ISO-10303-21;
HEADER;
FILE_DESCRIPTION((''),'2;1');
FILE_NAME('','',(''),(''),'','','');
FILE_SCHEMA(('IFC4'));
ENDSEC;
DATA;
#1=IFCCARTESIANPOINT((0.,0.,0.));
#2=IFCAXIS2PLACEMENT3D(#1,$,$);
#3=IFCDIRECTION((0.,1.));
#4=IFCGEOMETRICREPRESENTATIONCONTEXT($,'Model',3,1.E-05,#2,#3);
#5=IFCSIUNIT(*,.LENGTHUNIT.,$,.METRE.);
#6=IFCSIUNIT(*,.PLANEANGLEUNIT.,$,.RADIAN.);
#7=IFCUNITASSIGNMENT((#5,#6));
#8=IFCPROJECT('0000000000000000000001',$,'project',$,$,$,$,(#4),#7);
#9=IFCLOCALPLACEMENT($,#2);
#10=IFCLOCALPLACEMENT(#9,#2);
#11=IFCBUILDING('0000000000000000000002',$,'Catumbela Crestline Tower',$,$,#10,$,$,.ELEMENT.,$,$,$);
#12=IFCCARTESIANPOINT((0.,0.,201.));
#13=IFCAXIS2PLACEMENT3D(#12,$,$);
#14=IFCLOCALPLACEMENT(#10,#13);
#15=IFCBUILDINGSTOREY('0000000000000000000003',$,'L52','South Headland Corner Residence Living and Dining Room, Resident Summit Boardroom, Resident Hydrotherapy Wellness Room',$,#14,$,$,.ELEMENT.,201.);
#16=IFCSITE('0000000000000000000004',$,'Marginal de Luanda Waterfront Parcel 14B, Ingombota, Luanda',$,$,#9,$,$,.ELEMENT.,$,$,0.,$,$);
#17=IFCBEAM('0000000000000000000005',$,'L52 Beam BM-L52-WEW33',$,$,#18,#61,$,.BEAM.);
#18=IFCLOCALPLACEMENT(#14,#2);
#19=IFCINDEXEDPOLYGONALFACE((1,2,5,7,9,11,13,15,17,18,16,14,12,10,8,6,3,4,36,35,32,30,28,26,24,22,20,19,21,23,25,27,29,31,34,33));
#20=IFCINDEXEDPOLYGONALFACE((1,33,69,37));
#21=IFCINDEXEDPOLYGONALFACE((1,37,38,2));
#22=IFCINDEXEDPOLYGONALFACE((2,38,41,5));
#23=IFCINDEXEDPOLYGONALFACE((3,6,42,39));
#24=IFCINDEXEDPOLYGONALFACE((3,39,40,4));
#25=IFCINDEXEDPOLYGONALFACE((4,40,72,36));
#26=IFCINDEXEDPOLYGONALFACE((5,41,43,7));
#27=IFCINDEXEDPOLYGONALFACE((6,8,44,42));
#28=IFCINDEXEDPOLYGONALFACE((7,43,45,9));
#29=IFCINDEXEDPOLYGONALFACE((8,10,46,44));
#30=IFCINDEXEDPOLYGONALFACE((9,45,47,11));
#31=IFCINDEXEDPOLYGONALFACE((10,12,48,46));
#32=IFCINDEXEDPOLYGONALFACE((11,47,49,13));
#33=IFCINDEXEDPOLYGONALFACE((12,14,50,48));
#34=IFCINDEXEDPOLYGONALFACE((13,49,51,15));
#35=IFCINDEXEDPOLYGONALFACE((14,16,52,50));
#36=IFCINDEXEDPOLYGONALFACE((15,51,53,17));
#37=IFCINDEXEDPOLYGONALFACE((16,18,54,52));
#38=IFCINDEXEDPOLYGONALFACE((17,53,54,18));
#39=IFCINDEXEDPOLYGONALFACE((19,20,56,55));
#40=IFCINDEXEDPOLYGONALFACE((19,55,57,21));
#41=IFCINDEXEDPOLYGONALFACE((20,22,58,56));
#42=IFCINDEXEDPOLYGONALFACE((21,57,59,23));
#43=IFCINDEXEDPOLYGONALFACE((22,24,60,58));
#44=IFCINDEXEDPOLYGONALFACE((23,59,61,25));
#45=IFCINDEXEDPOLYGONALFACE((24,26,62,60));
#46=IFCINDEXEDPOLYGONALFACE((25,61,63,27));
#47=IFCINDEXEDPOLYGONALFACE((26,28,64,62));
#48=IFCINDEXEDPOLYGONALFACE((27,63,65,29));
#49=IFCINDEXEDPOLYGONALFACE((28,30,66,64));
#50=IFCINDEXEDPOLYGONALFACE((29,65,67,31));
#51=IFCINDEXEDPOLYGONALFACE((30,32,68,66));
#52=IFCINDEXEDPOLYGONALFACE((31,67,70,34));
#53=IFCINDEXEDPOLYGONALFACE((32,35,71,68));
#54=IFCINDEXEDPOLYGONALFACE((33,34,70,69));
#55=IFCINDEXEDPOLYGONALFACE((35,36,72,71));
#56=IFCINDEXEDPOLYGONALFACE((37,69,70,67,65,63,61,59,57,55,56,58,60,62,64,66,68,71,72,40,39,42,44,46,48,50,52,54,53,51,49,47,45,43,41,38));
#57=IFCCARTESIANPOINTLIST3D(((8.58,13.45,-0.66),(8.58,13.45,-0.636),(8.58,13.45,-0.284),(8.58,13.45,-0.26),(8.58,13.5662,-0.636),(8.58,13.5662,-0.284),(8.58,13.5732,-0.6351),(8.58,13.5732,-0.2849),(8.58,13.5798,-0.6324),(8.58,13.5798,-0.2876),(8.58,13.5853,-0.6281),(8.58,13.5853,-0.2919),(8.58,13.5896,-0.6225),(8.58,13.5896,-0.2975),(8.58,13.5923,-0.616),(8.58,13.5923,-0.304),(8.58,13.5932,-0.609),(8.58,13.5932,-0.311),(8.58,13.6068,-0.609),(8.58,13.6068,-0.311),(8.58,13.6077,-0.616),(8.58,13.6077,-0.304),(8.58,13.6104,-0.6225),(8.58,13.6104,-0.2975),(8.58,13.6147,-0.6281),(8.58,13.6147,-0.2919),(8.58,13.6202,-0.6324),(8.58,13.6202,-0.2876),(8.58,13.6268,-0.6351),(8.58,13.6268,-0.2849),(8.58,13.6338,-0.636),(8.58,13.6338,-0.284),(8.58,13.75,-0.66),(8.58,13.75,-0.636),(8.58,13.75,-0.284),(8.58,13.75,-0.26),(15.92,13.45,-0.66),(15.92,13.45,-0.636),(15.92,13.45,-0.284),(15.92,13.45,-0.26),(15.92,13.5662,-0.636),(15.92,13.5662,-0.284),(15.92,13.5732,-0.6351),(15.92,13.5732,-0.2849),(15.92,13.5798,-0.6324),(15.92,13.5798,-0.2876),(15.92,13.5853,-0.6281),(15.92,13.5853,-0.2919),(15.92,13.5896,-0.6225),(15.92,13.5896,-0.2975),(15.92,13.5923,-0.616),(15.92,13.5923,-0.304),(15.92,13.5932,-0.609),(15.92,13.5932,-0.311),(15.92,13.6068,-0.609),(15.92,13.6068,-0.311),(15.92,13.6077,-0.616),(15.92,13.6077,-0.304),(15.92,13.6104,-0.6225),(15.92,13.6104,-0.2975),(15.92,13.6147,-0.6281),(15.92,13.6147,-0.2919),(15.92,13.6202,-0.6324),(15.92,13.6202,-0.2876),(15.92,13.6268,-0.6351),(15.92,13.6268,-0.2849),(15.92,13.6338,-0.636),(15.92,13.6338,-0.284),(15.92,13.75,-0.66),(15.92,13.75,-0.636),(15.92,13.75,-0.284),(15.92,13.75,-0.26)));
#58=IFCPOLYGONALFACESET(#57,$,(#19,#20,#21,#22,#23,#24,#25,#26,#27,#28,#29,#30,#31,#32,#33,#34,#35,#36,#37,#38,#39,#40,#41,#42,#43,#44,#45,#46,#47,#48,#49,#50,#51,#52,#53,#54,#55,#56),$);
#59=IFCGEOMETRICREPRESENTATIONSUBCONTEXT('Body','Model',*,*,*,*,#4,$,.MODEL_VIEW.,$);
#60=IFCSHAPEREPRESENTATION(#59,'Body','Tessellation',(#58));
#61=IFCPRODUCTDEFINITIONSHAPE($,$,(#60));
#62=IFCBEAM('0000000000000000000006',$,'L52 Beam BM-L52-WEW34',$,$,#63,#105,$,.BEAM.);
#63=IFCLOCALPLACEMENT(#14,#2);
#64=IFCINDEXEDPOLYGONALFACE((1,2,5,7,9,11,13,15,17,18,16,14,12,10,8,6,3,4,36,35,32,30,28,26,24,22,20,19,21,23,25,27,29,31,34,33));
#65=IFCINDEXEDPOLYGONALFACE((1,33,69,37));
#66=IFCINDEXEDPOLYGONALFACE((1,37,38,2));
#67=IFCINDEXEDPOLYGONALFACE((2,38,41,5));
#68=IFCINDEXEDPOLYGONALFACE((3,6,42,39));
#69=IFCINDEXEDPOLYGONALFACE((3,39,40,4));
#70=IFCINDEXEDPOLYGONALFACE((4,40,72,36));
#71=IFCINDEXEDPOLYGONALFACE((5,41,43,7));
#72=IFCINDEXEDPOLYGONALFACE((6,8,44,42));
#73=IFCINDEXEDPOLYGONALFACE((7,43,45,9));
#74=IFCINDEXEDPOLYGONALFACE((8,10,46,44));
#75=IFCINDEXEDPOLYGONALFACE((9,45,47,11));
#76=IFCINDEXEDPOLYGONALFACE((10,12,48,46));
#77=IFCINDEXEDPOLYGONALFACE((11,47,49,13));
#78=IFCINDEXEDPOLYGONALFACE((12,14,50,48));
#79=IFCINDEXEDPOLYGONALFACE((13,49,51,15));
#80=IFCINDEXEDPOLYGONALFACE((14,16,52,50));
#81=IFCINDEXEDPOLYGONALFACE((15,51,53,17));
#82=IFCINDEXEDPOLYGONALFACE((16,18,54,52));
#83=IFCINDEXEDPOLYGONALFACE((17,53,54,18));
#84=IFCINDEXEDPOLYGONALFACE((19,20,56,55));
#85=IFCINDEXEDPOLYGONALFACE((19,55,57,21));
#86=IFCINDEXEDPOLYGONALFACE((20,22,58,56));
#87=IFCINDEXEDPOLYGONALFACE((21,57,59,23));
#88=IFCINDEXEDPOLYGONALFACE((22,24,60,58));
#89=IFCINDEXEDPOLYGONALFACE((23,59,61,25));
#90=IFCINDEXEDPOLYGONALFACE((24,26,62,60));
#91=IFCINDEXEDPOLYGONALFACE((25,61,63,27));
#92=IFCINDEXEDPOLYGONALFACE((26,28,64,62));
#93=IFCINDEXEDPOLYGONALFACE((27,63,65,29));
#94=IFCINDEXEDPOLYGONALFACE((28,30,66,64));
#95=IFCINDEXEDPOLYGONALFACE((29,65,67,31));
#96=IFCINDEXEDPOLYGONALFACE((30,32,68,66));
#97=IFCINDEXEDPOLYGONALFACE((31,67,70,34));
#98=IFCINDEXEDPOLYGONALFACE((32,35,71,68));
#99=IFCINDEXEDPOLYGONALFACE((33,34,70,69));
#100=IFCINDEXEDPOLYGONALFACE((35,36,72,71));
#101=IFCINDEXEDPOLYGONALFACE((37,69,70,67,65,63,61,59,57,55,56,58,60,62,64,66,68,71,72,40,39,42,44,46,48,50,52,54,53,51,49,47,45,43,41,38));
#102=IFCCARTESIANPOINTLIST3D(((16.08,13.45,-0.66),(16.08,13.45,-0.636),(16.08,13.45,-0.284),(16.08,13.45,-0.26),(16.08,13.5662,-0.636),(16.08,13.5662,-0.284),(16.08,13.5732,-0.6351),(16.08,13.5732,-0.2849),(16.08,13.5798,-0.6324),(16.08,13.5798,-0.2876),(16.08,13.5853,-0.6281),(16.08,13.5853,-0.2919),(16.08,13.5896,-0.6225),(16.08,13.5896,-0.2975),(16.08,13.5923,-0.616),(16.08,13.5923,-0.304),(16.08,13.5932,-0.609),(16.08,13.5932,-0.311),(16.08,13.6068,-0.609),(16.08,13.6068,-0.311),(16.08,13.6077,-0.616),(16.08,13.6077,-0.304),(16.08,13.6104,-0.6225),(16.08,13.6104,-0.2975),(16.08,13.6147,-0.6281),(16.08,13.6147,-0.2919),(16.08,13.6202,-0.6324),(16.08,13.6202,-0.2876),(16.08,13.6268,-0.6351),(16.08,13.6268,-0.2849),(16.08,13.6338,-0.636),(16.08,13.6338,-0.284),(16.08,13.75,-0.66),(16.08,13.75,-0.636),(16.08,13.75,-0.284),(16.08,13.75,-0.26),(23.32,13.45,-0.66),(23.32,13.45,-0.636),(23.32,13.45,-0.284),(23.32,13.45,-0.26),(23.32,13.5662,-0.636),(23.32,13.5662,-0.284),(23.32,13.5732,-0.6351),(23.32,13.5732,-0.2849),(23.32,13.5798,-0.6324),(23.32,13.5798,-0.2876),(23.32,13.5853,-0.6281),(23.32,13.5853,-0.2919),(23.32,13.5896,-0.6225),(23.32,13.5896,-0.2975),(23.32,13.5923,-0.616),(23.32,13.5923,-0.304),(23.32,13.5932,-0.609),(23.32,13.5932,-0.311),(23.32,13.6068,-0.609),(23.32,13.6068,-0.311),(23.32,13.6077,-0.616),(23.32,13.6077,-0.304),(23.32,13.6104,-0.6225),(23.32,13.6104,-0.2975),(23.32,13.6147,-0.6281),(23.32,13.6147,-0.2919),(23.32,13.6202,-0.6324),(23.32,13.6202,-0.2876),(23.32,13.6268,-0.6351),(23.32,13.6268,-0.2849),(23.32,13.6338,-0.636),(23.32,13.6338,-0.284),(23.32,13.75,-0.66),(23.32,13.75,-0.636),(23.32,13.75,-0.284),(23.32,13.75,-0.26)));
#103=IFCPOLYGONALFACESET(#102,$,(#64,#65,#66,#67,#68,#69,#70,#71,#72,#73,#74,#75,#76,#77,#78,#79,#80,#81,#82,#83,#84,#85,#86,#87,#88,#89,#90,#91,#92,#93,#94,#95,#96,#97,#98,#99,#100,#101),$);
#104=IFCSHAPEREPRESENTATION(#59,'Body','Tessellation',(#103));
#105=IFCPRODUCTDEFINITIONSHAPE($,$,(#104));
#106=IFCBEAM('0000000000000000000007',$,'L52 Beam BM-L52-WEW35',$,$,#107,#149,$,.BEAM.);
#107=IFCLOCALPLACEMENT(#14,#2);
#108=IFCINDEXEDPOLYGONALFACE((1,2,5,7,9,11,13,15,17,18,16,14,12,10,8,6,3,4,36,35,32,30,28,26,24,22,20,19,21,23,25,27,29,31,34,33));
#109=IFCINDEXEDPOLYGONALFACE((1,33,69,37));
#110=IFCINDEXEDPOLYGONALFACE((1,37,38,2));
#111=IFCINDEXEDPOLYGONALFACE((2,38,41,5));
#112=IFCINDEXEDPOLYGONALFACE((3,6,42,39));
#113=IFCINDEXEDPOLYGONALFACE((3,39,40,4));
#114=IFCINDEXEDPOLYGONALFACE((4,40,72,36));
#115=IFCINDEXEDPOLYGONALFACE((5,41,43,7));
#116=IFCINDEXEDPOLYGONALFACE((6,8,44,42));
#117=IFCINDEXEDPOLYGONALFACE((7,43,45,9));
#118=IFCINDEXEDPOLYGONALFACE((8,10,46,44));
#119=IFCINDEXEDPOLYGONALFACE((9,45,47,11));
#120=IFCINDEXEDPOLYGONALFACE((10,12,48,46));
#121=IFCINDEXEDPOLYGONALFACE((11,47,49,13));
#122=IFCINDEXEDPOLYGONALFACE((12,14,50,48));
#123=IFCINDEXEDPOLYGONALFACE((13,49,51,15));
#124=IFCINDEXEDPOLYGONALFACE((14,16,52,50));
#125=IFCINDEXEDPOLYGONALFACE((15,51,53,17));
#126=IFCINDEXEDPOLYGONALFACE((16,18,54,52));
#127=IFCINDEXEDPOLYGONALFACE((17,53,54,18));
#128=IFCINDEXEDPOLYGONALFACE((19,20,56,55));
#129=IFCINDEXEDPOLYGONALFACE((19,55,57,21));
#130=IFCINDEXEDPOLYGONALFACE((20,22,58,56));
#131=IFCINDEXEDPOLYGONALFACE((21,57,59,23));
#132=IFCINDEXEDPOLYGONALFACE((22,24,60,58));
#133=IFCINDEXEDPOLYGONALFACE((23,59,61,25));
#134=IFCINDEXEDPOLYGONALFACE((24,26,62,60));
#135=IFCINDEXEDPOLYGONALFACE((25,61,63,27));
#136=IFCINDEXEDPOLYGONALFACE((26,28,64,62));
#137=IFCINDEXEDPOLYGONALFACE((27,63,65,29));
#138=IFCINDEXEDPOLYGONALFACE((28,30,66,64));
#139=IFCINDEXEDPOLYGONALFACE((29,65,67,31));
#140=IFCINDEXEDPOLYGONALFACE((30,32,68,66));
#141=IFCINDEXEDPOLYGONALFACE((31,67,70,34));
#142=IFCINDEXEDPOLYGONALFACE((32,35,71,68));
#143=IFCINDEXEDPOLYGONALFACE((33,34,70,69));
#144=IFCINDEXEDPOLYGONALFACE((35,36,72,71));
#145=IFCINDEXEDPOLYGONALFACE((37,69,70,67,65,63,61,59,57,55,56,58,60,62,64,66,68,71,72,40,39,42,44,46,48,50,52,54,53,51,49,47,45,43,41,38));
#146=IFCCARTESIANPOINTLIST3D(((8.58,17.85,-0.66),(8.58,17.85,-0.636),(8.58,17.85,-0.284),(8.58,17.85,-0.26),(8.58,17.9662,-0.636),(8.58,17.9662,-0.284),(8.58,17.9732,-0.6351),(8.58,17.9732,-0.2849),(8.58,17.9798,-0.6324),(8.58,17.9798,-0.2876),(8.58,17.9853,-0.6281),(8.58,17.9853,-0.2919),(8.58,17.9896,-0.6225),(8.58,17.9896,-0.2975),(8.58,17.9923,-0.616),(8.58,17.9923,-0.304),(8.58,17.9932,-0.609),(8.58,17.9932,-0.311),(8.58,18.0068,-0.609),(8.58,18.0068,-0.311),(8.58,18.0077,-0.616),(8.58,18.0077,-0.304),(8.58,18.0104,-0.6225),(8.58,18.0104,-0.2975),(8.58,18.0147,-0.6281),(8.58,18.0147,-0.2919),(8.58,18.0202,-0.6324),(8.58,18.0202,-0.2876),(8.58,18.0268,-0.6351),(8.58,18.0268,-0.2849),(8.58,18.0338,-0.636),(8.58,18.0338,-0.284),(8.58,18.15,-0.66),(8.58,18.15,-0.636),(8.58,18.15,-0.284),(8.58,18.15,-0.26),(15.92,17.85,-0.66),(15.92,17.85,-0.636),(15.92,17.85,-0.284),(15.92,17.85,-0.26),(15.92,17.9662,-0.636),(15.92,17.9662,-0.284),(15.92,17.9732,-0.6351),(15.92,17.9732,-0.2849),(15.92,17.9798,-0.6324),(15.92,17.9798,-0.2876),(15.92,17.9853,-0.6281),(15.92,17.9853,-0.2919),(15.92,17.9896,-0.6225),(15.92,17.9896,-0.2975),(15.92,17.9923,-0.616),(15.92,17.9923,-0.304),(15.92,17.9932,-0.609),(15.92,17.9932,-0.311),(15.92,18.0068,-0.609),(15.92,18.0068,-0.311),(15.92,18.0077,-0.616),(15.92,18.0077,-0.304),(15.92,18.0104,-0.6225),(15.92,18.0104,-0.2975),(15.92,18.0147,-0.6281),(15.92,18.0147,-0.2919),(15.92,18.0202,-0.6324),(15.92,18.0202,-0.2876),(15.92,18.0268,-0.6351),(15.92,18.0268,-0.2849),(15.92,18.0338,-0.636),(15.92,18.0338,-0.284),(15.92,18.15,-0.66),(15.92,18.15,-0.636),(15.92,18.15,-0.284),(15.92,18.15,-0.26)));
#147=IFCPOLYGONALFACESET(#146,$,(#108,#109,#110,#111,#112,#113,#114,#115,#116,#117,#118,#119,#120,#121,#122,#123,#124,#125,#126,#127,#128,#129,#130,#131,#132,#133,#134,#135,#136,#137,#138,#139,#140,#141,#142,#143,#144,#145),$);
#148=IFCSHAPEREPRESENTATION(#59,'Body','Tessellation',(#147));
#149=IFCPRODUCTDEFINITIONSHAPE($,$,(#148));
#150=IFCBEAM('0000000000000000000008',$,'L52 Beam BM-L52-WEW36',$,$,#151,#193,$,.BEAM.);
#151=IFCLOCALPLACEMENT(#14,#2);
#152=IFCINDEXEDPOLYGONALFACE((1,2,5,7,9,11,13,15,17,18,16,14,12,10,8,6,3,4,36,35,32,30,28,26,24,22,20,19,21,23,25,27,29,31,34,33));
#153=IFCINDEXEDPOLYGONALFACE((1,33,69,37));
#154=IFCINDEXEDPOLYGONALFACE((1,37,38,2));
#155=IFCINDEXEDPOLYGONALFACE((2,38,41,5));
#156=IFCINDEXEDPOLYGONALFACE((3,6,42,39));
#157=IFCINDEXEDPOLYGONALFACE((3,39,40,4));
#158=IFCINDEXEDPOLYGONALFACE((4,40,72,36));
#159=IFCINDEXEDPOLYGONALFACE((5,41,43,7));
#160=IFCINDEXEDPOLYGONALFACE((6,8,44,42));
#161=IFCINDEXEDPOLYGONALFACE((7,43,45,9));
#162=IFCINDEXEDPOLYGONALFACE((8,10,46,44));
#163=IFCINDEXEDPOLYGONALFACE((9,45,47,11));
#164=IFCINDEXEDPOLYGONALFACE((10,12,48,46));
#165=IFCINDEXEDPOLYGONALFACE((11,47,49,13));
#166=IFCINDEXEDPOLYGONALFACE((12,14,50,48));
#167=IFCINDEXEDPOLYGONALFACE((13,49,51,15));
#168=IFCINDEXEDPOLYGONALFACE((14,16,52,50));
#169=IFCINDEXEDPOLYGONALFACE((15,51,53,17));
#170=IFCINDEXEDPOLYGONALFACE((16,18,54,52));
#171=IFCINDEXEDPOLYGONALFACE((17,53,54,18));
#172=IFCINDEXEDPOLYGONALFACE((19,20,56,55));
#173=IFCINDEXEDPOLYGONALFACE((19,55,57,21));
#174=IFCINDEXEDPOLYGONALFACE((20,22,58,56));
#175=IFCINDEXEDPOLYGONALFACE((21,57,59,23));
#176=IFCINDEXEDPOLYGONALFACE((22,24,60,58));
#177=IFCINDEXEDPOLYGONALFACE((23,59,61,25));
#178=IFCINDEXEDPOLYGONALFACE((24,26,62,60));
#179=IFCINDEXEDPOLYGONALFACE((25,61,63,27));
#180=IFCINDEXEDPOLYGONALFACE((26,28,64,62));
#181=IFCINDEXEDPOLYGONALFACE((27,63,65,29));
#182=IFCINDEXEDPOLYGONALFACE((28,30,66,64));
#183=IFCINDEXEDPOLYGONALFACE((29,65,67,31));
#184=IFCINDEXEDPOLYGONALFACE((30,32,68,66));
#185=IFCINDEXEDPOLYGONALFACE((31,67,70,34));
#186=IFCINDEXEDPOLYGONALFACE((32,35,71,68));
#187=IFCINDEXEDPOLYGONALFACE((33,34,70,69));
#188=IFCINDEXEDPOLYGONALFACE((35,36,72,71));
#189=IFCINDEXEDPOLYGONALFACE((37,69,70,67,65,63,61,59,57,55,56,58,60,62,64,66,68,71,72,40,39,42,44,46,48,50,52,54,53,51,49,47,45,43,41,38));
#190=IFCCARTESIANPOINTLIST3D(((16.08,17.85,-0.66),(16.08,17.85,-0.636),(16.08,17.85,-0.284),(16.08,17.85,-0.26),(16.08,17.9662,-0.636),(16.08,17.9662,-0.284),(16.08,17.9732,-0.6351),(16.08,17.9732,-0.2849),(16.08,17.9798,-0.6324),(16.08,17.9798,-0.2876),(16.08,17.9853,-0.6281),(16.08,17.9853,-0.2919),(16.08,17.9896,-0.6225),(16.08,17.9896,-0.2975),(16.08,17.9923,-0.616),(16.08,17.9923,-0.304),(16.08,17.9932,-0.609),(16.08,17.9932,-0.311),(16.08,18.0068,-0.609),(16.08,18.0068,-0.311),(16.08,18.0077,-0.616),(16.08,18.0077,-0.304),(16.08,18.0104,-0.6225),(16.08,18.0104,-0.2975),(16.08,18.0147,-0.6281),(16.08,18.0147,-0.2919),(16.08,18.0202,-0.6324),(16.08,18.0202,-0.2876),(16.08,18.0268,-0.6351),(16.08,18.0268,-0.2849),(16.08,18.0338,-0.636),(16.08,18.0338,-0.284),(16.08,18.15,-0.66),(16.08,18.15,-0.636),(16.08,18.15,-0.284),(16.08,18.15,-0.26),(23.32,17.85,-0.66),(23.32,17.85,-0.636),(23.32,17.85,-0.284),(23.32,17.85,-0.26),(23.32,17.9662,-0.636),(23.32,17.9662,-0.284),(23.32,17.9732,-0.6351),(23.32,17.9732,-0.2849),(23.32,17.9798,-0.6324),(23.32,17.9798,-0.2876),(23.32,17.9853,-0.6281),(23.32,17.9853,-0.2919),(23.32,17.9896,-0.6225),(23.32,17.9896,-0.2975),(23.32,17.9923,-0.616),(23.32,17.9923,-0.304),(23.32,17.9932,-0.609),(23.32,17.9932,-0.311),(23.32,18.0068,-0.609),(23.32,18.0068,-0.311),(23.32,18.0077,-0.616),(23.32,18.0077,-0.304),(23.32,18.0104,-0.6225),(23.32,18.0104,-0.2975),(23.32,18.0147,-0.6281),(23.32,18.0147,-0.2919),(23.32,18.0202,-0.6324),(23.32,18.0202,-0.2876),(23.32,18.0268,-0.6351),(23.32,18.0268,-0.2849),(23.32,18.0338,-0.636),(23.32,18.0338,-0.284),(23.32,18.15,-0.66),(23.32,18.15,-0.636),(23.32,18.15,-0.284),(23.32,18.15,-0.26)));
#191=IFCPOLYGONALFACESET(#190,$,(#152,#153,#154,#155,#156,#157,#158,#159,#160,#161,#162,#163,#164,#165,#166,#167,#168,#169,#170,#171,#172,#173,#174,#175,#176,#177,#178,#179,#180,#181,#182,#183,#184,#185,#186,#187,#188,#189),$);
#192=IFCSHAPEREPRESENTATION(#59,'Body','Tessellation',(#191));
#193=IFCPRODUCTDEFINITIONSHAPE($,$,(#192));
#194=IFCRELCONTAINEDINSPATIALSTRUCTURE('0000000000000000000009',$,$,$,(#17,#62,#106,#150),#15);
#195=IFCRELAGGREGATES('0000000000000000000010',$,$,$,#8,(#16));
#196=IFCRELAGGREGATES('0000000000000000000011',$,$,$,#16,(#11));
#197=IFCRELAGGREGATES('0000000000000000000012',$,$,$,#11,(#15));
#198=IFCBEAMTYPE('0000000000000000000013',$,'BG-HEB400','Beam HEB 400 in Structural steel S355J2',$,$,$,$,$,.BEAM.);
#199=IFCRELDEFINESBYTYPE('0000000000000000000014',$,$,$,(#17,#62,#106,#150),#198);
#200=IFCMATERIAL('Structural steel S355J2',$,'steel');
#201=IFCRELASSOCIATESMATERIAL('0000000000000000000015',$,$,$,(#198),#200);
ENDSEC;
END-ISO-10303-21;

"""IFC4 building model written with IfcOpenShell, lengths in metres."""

from ifc_helpers import new_model, si_unit, direction, frame, origin, origin_2d, place, context, subcontext, project, spatial, i_section, extrude, material, material_profile, profile_set, type_object, element, save


model = new_model("IFC4")

# Units and contexts
model_context = context("Model", 3, precision=1e-05, world=origin(), true_north=direction((0.0, 1.0)))
body_context = subcontext(model_context, "Body", "Model", "MODEL_VIEW")
ifc_project = project(units=[si_unit("LENGTHUNIT", "METRE"), si_unit("PLANEANGLEUNIT", "RADIAN")], contexts=[model_context])

# Site, building, storey
site_placement = place(None, origin())
site = spatial("IfcSite", under=ifc_project, at=site_placement, Name="Marginal de Luanda Waterfront Parcel 14B, Ingombota, Luanda", CompositionType="ELEMENT", RefElevation=0.0)
building_placement = place(site_placement, origin())
building = spatial("IfcBuilding", under=site, at=building_placement, Name="Catumbela Crestline Tower", CompositionType="ELEMENT")
storey_placement = place(building_placement, frame((0.0, 0.0, 201.0)))
storey = spatial("IfcBuildingStorey", under=building, at=storey_placement, Name="L52", Description="South Headland Corner Residence Living and Dining Room, Resident Summit Boardroom, Resident Hydrotherapy Wellness Room", CompositionType="ELEMENT", Elevation=201.0)

# Shared definitions
ifc_material_1 = material(Name="Structural steel S355J2", Category="steel")

# Beams
ifc_material_profile_1 = material_profile(ifc_material_1, i_section(OverallWidth=0.3, OverallDepth=0.4, WebThickness=0.0135, FlangeThickness=0.024, FilletRadius=0.027, at=origin_2d()), Name="HEB 400")
ifc_profile_set_1 = profile_set([ifc_material_profile_1], Name="Structural steel S355J2")
beam_type_1 = type_object("IfcBeamType", Name="BG-HEB400", Description="Beam HEB 400 in Structural steel S355J2", PredefinedType="BEAM", material=ifc_profile_set_1)
beam_1_placement = place(storey_placement, frame((8.58, 13.6, -0.46), z_axis=(1.0, 0.0, 0.0), x_axis=(0.0, 1.0, 0.0)))
element("IfcBeam", 1, at=beam_1_placement, inside=storey, type_object=beam_type_1, Name="L52 Beam BM-L52-WEW33", PredefinedType="BEAM", context=body_context, shape_type="SweptSolid", body=[
    extrude(i_section(OverallWidth=0.3, OverallDepth=0.4, WebThickness=0.0135, FlangeThickness=0.024, FilletRadius=0.027, at=origin_2d()), origin(), (0.0, 0.0, 1.0), 7.34),
])
beam_2_placement = place(storey_placement, frame((16.08, 13.6, -0.46), z_axis=(1.0, 0.0, 0.0), x_axis=(0.0, 1.0, 0.0)))
element("IfcBeam", 2, at=beam_2_placement, inside=storey, type_object=beam_type_1, Name="L52 Beam BM-L52-WEW34", PredefinedType="BEAM", context=body_context, shape_type="SweptSolid", body=[
    extrude(i_section(OverallWidth=0.3, OverallDepth=0.4, WebThickness=0.0135, FlangeThickness=0.024, FilletRadius=0.027, at=origin_2d()), origin(), (0.0, 0.0, 1.0), 7.24),
])
beam_3_placement = place(storey_placement, frame((8.58, 18.0, -0.46), z_axis=(1.0, 0.0, 0.0), x_axis=(0.0, 1.0, 0.0)))
element("IfcBeam", 3, at=beam_3_placement, inside=storey, type_object=beam_type_1, Name="L52 Beam BM-L52-WEW35", PredefinedType="BEAM", context=body_context, shape_type="SweptSolid", body=[
    extrude(i_section(OverallWidth=0.3, OverallDepth=0.4, WebThickness=0.0135, FlangeThickness=0.024, FilletRadius=0.027, at=origin_2d()), origin(), (0.0, 0.0, 1.0), 7.34),
])
beam_4_placement = place(storey_placement, frame((16.08, 18.0, -0.46), z_axis=(1.0, 0.0, 0.0), x_axis=(0.0, 1.0, 0.0)))
element("IfcBeam", 4, at=beam_4_placement, inside=storey, type_object=beam_type_1, Name="L52 Beam BM-L52-WEW36", PredefinedType="BEAM", context=body_context, shape_type="SweptSolid", body=[
    extrude(i_section(OverallWidth=0.3, OverallDepth=0.4, WebThickness=0.0135, FlangeThickness=0.024, FilletRadius=0.027, at=origin_2d()), origin(), (0.0, 0.0, 1.0), 7.24),
])

save(model, "model.ifc")
